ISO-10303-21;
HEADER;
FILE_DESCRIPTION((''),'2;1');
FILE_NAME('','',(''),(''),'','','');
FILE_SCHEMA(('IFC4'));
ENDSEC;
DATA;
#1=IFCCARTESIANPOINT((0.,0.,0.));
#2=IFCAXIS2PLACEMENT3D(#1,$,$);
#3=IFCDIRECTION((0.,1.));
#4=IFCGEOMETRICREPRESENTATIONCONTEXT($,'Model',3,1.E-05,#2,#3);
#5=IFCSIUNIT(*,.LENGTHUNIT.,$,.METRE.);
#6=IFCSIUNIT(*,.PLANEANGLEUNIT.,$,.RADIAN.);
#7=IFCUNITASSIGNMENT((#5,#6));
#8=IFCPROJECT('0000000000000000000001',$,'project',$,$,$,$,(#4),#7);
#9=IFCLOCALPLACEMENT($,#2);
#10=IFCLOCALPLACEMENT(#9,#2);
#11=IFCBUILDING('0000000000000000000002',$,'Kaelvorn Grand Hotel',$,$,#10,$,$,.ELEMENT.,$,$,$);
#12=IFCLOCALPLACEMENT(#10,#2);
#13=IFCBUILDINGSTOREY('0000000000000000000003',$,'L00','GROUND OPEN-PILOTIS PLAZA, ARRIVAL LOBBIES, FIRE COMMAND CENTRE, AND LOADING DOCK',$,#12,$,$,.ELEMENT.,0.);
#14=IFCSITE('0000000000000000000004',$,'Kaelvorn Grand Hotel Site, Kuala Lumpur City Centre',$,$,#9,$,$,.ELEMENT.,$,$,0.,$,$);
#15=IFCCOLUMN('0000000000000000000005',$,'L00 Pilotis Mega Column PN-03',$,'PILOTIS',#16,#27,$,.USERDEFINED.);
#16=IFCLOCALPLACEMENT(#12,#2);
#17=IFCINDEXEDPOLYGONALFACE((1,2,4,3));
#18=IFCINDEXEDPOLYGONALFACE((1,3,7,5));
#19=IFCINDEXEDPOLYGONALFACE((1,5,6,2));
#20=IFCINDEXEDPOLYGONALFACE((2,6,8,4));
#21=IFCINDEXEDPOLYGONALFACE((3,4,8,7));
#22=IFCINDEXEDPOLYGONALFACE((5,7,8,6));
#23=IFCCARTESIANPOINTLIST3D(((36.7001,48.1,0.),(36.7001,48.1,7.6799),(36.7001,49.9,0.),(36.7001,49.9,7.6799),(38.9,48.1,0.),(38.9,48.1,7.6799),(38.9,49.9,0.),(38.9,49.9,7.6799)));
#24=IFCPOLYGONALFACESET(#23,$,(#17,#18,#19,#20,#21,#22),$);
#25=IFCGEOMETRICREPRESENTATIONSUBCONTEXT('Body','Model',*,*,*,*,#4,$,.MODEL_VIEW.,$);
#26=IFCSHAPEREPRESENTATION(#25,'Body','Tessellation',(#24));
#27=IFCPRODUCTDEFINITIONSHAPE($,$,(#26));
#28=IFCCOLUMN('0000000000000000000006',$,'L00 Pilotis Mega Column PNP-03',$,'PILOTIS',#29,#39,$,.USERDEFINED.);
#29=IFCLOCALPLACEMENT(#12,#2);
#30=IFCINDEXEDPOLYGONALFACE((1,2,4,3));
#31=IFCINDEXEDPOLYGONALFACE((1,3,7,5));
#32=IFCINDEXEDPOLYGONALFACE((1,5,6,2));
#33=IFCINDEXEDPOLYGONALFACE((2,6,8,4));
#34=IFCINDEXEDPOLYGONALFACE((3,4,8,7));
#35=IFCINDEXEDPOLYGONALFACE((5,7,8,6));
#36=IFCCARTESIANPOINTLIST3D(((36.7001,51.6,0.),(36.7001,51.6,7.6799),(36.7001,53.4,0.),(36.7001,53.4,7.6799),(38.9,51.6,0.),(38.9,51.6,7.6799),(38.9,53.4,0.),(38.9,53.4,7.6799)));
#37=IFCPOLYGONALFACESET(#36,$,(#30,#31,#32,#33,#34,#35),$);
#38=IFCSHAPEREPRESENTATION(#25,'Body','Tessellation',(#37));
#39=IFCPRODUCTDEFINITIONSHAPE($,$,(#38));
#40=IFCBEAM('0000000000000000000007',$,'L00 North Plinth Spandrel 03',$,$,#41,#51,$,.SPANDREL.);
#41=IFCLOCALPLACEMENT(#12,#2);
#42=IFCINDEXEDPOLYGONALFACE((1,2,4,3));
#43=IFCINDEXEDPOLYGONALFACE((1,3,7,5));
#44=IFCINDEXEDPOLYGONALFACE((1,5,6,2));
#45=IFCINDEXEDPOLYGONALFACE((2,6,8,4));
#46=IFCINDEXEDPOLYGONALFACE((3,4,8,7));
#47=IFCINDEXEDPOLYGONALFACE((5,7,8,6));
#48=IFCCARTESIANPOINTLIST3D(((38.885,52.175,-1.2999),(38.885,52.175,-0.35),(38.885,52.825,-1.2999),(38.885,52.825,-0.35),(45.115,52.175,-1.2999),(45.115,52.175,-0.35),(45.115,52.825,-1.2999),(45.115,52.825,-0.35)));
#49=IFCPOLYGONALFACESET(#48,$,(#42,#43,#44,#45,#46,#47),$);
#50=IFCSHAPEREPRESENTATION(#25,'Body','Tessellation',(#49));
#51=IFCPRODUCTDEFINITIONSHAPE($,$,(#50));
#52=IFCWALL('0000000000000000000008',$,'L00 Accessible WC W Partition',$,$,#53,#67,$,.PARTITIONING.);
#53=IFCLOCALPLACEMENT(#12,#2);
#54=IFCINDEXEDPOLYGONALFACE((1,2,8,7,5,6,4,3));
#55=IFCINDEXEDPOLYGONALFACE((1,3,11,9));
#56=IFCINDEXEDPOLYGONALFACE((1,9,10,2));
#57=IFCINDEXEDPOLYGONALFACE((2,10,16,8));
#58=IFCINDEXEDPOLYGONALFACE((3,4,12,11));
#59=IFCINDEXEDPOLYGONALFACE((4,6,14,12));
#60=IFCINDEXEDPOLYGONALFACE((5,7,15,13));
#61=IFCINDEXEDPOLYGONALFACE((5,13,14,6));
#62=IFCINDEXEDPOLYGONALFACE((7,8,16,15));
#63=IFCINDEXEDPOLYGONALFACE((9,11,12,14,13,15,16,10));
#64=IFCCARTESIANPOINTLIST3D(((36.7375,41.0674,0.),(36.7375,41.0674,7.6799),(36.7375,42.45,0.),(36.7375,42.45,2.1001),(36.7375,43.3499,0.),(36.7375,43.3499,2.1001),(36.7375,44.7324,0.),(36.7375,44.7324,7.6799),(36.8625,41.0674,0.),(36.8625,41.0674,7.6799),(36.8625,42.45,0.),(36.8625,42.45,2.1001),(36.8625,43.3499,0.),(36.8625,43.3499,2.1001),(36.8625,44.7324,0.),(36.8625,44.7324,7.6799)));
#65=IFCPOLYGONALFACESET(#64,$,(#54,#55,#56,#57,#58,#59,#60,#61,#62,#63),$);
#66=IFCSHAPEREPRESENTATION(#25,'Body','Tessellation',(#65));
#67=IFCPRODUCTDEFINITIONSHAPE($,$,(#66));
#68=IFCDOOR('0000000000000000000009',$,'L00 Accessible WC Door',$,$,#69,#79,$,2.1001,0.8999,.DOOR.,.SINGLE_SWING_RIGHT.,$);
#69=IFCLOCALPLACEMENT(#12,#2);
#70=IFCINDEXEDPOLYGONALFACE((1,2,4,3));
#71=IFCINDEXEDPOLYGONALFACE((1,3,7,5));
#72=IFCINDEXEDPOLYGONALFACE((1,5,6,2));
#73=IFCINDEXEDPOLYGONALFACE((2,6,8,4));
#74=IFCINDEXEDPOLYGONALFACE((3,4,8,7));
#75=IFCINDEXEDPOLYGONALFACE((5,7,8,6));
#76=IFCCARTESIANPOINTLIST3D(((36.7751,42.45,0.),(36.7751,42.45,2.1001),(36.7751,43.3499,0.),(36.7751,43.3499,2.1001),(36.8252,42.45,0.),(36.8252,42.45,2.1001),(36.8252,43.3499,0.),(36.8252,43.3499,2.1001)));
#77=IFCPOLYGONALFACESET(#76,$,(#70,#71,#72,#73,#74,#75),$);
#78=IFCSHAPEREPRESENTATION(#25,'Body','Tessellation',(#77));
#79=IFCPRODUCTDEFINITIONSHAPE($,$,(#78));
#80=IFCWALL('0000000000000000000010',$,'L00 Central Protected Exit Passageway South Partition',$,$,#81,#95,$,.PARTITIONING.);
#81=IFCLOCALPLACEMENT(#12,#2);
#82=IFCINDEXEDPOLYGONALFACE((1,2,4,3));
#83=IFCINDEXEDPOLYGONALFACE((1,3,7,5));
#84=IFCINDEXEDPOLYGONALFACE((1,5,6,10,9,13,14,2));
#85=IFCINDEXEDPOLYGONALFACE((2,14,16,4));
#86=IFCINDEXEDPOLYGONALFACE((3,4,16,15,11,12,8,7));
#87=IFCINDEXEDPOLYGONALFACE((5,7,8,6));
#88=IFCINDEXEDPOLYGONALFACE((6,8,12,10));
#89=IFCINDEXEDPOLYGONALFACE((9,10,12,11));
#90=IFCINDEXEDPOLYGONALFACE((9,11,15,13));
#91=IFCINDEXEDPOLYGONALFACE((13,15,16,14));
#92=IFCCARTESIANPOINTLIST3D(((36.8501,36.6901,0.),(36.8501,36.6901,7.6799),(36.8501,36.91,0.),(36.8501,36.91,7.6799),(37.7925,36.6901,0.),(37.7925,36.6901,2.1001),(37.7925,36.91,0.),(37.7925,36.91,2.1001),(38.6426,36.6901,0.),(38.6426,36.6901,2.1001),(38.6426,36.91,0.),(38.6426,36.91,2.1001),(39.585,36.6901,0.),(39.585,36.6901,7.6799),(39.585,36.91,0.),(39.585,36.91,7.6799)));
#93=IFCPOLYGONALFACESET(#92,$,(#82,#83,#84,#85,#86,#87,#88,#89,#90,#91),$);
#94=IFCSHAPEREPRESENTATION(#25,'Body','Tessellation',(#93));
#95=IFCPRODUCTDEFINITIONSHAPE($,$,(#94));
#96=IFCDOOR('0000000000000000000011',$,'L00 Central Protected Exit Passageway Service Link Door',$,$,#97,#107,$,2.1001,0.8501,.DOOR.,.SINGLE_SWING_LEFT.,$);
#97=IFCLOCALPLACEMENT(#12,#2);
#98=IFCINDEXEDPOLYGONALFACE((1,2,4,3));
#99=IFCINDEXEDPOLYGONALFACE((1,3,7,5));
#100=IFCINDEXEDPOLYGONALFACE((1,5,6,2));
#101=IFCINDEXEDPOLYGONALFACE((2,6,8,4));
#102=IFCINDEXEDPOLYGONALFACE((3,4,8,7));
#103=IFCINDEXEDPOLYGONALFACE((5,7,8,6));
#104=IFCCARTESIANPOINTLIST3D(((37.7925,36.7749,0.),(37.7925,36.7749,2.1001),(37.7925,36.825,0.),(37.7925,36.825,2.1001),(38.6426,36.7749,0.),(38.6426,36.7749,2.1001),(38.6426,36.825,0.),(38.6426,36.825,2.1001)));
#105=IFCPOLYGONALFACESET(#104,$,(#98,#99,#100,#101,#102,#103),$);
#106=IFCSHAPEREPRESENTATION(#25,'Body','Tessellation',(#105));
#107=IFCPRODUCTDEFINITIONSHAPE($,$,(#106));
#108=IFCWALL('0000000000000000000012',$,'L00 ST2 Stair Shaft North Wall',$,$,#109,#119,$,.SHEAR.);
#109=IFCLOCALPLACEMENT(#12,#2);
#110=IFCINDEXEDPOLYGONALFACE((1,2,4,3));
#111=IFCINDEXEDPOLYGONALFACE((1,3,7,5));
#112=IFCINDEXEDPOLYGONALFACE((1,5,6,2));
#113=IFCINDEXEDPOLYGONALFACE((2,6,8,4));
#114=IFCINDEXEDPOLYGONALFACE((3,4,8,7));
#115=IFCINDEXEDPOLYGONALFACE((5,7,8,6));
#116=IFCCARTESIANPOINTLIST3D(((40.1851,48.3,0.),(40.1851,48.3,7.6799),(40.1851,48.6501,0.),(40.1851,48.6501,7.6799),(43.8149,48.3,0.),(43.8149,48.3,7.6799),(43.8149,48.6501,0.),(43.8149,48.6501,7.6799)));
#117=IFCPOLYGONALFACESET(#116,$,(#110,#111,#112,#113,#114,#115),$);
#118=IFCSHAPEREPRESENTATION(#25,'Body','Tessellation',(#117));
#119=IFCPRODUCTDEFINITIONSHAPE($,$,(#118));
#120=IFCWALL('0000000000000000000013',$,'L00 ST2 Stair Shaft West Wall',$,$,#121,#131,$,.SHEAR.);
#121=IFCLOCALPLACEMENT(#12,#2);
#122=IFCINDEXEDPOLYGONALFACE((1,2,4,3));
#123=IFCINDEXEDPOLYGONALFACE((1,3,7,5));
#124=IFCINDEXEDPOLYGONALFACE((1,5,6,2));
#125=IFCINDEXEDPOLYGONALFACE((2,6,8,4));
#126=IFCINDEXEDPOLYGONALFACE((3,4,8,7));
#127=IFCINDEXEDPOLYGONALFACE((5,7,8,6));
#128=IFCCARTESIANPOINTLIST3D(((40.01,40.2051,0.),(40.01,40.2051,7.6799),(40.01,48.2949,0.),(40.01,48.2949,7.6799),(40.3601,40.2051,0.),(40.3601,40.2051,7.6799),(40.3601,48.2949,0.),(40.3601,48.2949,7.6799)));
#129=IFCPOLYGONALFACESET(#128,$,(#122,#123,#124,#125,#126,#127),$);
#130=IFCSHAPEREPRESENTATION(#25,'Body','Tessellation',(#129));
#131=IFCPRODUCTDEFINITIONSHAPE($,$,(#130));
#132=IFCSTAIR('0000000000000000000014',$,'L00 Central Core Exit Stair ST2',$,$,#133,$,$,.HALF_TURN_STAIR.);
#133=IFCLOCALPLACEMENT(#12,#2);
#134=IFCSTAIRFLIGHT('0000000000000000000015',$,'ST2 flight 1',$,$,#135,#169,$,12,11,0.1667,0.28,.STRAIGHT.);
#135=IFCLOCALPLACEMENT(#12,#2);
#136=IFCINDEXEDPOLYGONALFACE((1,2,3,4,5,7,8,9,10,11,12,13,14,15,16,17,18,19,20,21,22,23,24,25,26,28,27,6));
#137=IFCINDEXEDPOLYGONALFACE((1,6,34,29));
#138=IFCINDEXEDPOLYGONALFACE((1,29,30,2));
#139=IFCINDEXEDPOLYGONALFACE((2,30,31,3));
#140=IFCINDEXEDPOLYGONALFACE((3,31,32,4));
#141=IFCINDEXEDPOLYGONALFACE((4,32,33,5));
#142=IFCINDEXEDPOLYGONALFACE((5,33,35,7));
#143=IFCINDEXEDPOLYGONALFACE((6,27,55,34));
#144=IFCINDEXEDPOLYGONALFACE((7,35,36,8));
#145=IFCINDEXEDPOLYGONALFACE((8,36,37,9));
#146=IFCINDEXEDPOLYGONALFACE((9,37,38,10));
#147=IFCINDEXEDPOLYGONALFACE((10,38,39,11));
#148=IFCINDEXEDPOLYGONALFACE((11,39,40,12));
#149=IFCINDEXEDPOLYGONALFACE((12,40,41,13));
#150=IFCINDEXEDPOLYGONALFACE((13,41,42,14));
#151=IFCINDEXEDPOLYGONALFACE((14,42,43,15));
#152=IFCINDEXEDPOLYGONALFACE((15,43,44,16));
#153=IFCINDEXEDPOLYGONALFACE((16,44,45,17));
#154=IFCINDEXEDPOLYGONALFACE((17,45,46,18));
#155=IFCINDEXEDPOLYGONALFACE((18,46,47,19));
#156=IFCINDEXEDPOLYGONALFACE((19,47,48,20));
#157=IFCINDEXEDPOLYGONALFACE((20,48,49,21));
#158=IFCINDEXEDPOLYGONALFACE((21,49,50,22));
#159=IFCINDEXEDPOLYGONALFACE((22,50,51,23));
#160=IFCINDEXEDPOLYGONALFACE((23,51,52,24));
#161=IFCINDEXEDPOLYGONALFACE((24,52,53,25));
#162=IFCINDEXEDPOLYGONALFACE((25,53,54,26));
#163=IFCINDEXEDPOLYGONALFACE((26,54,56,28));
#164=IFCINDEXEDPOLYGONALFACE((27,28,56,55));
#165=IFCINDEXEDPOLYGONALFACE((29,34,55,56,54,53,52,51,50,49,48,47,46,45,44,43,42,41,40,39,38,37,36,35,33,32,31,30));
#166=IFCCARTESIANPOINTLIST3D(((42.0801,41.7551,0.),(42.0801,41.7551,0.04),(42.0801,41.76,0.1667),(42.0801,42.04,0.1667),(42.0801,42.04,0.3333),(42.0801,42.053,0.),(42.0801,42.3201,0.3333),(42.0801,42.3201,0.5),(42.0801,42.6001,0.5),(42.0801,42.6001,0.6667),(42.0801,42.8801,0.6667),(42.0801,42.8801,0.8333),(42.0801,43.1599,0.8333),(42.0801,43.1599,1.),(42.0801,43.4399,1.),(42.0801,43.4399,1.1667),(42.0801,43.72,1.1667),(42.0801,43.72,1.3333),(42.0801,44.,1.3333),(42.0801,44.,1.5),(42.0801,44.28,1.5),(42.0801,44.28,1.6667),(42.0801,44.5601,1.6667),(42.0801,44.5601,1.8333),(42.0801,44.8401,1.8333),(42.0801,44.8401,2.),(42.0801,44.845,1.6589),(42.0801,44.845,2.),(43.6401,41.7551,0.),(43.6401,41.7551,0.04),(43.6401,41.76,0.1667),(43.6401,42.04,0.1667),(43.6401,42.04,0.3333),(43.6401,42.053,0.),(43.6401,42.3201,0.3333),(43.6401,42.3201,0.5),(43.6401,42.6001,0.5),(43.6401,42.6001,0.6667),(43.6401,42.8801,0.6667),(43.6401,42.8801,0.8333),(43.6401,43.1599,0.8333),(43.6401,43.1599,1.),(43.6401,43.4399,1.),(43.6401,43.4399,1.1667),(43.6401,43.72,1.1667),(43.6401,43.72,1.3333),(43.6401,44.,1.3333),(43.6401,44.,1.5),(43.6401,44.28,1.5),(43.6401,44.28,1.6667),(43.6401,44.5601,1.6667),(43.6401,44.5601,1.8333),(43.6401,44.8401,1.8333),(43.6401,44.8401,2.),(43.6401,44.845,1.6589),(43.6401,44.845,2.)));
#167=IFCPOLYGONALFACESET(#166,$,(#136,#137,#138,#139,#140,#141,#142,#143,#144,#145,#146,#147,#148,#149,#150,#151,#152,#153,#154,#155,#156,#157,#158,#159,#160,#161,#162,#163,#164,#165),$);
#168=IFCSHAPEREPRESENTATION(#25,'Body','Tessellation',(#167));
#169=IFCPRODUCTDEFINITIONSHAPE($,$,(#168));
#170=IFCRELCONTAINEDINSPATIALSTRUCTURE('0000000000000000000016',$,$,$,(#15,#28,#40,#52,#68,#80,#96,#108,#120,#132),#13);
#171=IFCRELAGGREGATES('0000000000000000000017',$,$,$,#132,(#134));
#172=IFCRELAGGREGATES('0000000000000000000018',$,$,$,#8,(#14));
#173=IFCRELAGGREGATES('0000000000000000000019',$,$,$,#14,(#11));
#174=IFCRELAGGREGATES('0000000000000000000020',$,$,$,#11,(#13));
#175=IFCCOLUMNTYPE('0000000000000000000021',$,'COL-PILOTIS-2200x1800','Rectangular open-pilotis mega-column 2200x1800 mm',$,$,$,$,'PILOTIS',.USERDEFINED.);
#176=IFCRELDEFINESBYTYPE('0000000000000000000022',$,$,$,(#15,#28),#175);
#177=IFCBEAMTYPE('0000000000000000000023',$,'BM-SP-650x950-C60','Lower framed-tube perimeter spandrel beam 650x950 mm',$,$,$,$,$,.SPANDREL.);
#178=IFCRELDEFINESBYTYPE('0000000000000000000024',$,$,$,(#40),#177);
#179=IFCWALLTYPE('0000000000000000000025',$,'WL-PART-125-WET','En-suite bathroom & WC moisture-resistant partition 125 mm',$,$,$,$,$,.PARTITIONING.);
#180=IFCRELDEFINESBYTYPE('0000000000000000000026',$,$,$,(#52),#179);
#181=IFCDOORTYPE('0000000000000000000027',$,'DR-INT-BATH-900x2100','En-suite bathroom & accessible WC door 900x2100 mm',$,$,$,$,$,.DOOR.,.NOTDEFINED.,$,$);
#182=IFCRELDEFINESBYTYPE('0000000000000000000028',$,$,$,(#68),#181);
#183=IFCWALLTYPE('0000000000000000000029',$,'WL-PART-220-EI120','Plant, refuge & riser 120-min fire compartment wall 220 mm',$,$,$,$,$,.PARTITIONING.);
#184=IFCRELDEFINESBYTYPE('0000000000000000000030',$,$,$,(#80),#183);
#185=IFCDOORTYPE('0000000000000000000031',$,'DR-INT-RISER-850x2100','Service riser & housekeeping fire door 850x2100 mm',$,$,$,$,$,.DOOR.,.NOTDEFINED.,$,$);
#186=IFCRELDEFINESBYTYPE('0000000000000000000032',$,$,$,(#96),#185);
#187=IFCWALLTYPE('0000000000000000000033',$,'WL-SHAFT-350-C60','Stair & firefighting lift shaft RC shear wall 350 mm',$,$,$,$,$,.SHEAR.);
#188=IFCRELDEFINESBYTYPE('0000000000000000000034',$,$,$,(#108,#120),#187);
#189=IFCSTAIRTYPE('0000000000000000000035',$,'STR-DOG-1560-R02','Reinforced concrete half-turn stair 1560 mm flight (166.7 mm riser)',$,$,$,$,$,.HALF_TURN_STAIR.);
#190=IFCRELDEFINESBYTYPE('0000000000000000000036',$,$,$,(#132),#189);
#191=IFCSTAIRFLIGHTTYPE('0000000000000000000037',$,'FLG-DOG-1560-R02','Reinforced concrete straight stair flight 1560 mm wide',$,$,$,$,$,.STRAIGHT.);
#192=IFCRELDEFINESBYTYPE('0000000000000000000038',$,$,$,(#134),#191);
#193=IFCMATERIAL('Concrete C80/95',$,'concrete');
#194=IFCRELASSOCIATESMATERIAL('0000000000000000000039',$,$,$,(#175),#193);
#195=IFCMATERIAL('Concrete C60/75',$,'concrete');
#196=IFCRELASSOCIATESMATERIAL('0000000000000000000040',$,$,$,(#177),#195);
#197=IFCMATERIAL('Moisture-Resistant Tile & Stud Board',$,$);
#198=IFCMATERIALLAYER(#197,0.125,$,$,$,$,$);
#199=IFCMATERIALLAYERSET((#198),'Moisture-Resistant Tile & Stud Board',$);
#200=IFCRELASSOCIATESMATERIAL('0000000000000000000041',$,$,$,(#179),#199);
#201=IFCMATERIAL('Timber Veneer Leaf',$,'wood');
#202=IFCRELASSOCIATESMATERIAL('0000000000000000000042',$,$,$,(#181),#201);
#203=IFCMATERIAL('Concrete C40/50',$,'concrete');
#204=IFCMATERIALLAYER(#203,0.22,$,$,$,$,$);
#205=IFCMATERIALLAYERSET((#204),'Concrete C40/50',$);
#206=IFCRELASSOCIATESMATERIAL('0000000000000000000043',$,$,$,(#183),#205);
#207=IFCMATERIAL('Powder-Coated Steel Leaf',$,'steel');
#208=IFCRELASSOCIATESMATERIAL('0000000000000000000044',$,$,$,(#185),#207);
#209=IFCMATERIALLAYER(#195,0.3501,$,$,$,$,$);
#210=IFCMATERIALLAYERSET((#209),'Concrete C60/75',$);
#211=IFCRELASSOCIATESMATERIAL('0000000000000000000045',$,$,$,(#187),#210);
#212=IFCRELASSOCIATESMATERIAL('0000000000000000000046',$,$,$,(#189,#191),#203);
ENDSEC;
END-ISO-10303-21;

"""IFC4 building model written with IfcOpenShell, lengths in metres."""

from ifc_helpers import new_model, si_unit, direction, frame, frame_2d, origin, origin_2d, place, context, subcontext, project, spatial, polyline, rectangle, outline, extrude, material, layer, layer_set, material_profile, profile_set, type_object, element, fill, aggregate, save


model = new_model("IFC4")

# Units and contexts
model_context = context("Model", 3, precision=1e-05, world=origin(), true_north=direction((0.0, 1.0)))
body_context = subcontext(model_context, "Body", "Model", "MODEL_VIEW")
ifc_project = project(units=[si_unit("LENGTHUNIT", "METRE"), si_unit("PLANEANGLEUNIT", "RADIAN")], contexts=[model_context])

# Site, building, storey
site_placement = place(None, origin())
site = spatial("IfcSite", under=ifc_project, at=site_placement, Name="Kaelvorn Grand Hotel Site, Kuala Lumpur City Centre", CompositionType="ELEMENT", RefElevation=0.0)
building_placement = place(site_placement, origin())
building = spatial("IfcBuilding", under=site, at=building_placement, Name="Kaelvorn Grand Hotel", CompositionType="ELEMENT")
storey_placement = place(building_placement, origin())
storey = spatial("IfcBuildingStorey", under=building, at=storey_placement, Name="L00", Description="GROUND OPEN-PILOTIS PLAZA, ARRIVAL LOBBIES, FIRE COMMAND CENTRE, AND LOADING DOCK", CompositionType="ELEMENT", Elevation=0.0)

# Columns
ifc_material_1 = material(Name="Concrete C80/95", Category="concrete")
ifc_material_profile_1 = material_profile(ifc_material_1, rectangle(XDim=2.2, YDim=1.8, at=origin_2d()), Name="PILOTIS 2200x1800")
ifc_profile_set_1 = profile_set([ifc_material_profile_1], Name="Concrete C80/95")
column_type = type_object("IfcColumnType", Name="COL-PILOTIS-2200x1800", Description="Rectangular open-pilotis mega-column 2200x1800 mm", ElementType="PILOTIS", PredefinedType="USERDEFINED", material=ifc_profile_set_1)
for number, where, z_axis, x_axis, name in (
    (1, (37.8, 49.0, 0.0), (0.0, 0.0, 1.0), (1.0, 0.0, 0.0), "L00 Pilotis Mega Column PN-03"),
    (2, (37.8, 52.5, 0.0), (0.0, 0.0, 1.0), (1.0, 0.0, 0.0), "L00 Pilotis Mega Column PNP-03"),
):
    element("IfcColumn", number, at=place(storey_placement, frame(where, z_axis=z_axis, x_axis=x_axis)), inside=storey, type_object=column_type, Name=name, ObjectType="PILOTIS", PredefinedType="USERDEFINED", context=body_context, shape_type="SweptSolid", body=[
        extrude(rectangle(XDim=2.2, YDim=1.8, at=origin_2d()), origin(), (0.0, 0.0, 1.0), 7.6799),
    ])

# Beam
ifc_material_2 = material(Name="Concrete C60/75", Category="concrete")
ifc_material_profile_2 = material_profile(ifc_material_2, rectangle(XDim=0.6499, YDim=0.95, at=origin_2d()), Name="RC SPANDREL 650x950")
ifc_profile_set_2 = profile_set([ifc_material_profile_2], Name="Concrete C60/75")
beam_type = type_object("IfcBeamType", Name="BM-SP-650x950-C60", Description="Lower framed-tube perimeter spandrel beam 650x950 mm", PredefinedType="SPANDREL", material=ifc_profile_set_2)
beam_placement = place(storey_placement, frame((38.885, 52.5, -0.825), z_axis=(1.0, 0.0, 0.0), x_axis=(0.0, 1.0, 0.0)))
element("IfcBeam", 3, at=beam_placement, inside=storey, type_object=beam_type, Name="L00 North Plinth Spandrel 03", PredefinedType="SPANDREL", context=body_context, shape_type="SweptSolid", body=[
    extrude(rectangle(XDim=0.6499, YDim=0.95, at=origin_2d()), origin(), (0.0, 0.0, 1.0), 6.23),
])

# Walls, openings, doors
ifc_material_3 = material(Name="Moisture-Resistant Tile & Stud Board")
ifc_layer_1 = layer(ifc_material_3, 0.125)
ifc_layer_set_1 = layer_set([ifc_layer_1], Name="Moisture-Resistant Tile & Stud Board")
wall_type_1 = type_object("IfcWallType", Name="WL-PART-125-WET", Description="En-suite bathroom & WC moisture-resistant partition 125 mm", PredefinedType="PARTITIONING", material=ifc_layer_set_1)
wall_1_placement = place(storey_placement, frame((36.8, 41.0674, 0.0), z_axis=(0.0, 0.0, 1.0), x_axis=(0.0, 1.0, 0.0)))
wall_1 = element("IfcWall", 4, at=wall_1_placement, inside=storey, type_object=wall_type_1, Name="L00 Accessible WC W Partition", PredefinedType="PARTITIONING", context=body_context, shape_type="SweptSolid", body=[
    extrude(rectangle(XDim=3.665, YDim=0.125, at=frame_2d((1.8325, 0.0))), origin(), (0.0, 0.0, 1.0), 7.6799),
])
opening_1_placement = place(wall_1_placement, frame((1.3826, 0.0, 0.0)))
opening_1 = element("IfcOpeningElement", 5, at=opening_1_placement, cuts=wall_1, PredefinedType="OPENING", context=body_context, shape_type="SweptSolid", body=[
    extrude(rectangle(XDim=0.8999, YDim=2.1001, at=frame_2d((0.45, 1.05))), frame((0.0, 0.0725, 0.0), z_axis=(0.0, -1.0, 0.0), x_axis=(1.0, 0.0, 0.0)), (0.0, 0.0, 1.0), 0.145),
])
ifc_material_4 = material(Name="Timber Veneer Leaf", Category="wood")
door_type_1 = type_object("IfcDoorType", Name="DR-INT-BATH-900x2100", Description="En-suite bathroom & accessible WC door 900x2100 mm", OperationType="NOTDEFINED", PredefinedType="DOOR", material=ifc_material_4)
door_1_placement = place(opening_1_placement, origin())
door_1 = element("IfcDoor", 6, at=door_1_placement, inside=storey, type_object=door_type_1, Name="L00 Accessible WC Door", OperationType="SINGLE_SWING_RIGHT", OverallHeight=2.1001, OverallWidth=0.8999, PredefinedType="DOOR", context=body_context, shape_type="SweptSolid", body=[
    extrude(rectangle(XDim=0.8999, YDim=2.1001, at=frame_2d((0.45, 1.05))), frame((0.0, 0.0249, 0.0), z_axis=(0.0, -1.0, 0.0), x_axis=(1.0, 0.0, 0.0)), (0.0, 0.0, 1.0), 0.05),
])
fill(opening_1, door_1)
ifc_material_5 = material(Name="Concrete C40/50", Category="concrete")
ifc_layer_2 = layer(ifc_material_5, 0.22)
ifc_layer_set_2 = layer_set([ifc_layer_2], Name="Concrete C40/50")
wall_type_2 = type_object("IfcWallType", Name="WL-PART-220-EI120", Description="Plant, refuge & riser 120-min fire compartment wall 220 mm", PredefinedType="PARTITIONING", material=ifc_layer_set_2)
wall_2_placement = place(storey_placement, frame((36.8501, 36.8, 0.0), z_axis=(0.0, 0.0, 1.0), x_axis=(1.0, 0.0, 0.0)))
wall_2 = element("IfcWall", 7, at=wall_2_placement, inside=storey, type_object=wall_type_2, Name="L00 Central Protected Exit Passageway South Partition", PredefinedType="PARTITIONING", context=body_context, shape_type="SweptSolid", body=[
    extrude(rectangle(XDim=2.7349, YDim=0.22, at=frame_2d((1.3674, 0.0))), origin(), (0.0, 0.0, 1.0), 7.6799),
])
opening_2_placement = place(wall_2_placement, frame((0.9424, 0.0, 0.0)))
opening_2 = element("IfcOpeningElement", 8, at=opening_2_placement, cuts=wall_2, PredefinedType="OPENING", context=body_context, shape_type="SweptSolid", body=[
    extrude(rectangle(XDim=0.8501, YDim=2.1001, at=frame_2d((0.425, 1.05))), frame((0.0, 0.1201, 0.0), z_axis=(0.0, -1.0, 0.0), x_axis=(1.0, 0.0, 0.0)), (0.0, 0.0, 1.0), 0.24),
])
ifc_material_6 = material(Name="Powder-Coated Steel Leaf", Category="steel")
door_type_2 = type_object("IfcDoorType", Name="DR-INT-RISER-850x2100", Description="Service riser & housekeeping fire door 850x2100 mm", OperationType="NOTDEFINED", PredefinedType="DOOR", material=ifc_material_6)
door_2_placement = place(opening_2_placement, origin())
door_2 = element("IfcDoor", 9, at=door_2_placement, inside=storey, type_object=door_type_2, Name="L00 Central Protected Exit Passageway Service Link Door", OperationType="SINGLE_SWING_LEFT", OverallHeight=2.1001, OverallWidth=0.8501, PredefinedType="DOOR", context=body_context, shape_type="SweptSolid", body=[
    extrude(rectangle(XDim=0.8501, YDim=2.1001, at=frame_2d((0.425, 1.05))), frame((0.0, 0.0249, 0.0), z_axis=(0.0, -1.0, 0.0), x_axis=(1.0, 0.0, 0.0)), (0.0, 0.0, 1.0), 0.05),
])
fill(opening_2, door_2)
ifc_layer_3 = layer(ifc_material_2, 0.3501)
ifc_layer_set_3 = layer_set([ifc_layer_3], Name="Concrete C60/75")
wall_type_3 = type_object("IfcWallType", Name="WL-SHAFT-350-C60", Description="Stair & firefighting lift shaft RC shear wall 350 mm", PredefinedType="SHEAR", material=ifc_layer_set_3)

# Walls
wall_3_placement = place(storey_placement, frame((40.1851, 48.4751, 0.0), z_axis=(0.0, 0.0, 1.0), x_axis=(1.0, 0.0, 0.0)))
element("IfcWall", 10, at=wall_3_placement, inside=storey, type_object=wall_type_3, Name="L00 ST2 Stair Shaft North Wall", PredefinedType="SHEAR", context=body_context, shape_type="SweptSolid", body=[
    extrude(rectangle(XDim=3.6299, YDim=0.3501, at=frame_2d((1.8149, 0.0))), origin(), (0.0, 0.0, 1.0), 7.6799),
])
wall_4_placement = place(storey_placement, frame((40.1851, 40.2051, 0.0), z_axis=(0.0, 0.0, 1.0), x_axis=(0.0, 1.0, 0.0)))
element("IfcWall", 11, at=wall_4_placement, inside=storey, type_object=wall_type_3, Name="L00 ST2 Stair Shaft West Wall", PredefinedType="SHEAR", context=body_context, shape_type="SweptSolid", body=[
    extrude(rectangle(XDim=8.0898, YDim=0.3501, at=frame_2d((4.0449, 0.0))), origin(), (0.0, 0.0, 1.0), 7.6799),
])

# Stair, stair flight
stair_type = type_object("IfcStairType", Name="STR-DOG-1560-R02", Description="Reinforced concrete half-turn stair 1560 mm flight (166.7 mm riser)", PredefinedType="HALF_TURN_STAIR", material=ifc_material_5)
stair_placement = place(storey_placement, origin())
stair = element("IfcStair", 12, at=stair_placement, inside=storey, type_object=stair_type, Name="L00 Central Core Exit Stair ST2", PredefinedType="HALF_TURN_STAIR")
stair_flight_type = type_object("IfcStairFlightType", Name="FLG-DOG-1560-R02", Description="Reinforced concrete straight stair flight 1560 mm wide", PredefinedType="STRAIGHT", material=ifc_material_5)
stair_flight_1_placement = place(storey_placement, frame((42.8601, 41.76, 0.0), z_axis=(0.0, 0.0, 1.0), x_axis=(0.0, 1.0, 0.0)))
stair_flight_1 = element("IfcStairFlight", 13, at=stair_flight_1_placement, type_object=stair_flight_type, Name="ST2 flight 1", NumberOfRisers=12, NumberOfTreads=11, PredefinedType="STRAIGHT", RiserHeight=0.1667, TreadLength=0.28, context=body_context, shape_type="SweptSolid", body=[
    extrude(outline(polyline([(-0.0049, 0.0), (-0.0049, 0.04), (0.0, 0.1667), (0.28, 0.1667), (0.28, 0.3333), (0.5601, 0.3333), (0.5601, 0.5), (0.8401, 0.5), (0.8401, 0.6667), (1.1201, 0.6667), (1.1201, 0.8333), (1.3999, 0.8333), (1.3999, 1.0), (1.6799, 1.0), (1.6799, 1.1667), (1.96, 1.1667), (1.96, 1.3333), (2.24, 1.3333), (2.24, 1.5), (2.52, 1.5), (2.52, 1.6667), (2.8, 1.6667), (2.8, 1.8333), (3.0801, 1.8333), (3.0801, 2.0), (3.085, 2.0), (3.085, 1.6589), (0.293, 0.0), (-0.0049, 0.0)])), frame((0.0, 0.78, 0.0), z_axis=(0.0, -1.0, 0.0), x_axis=(1.0, 0.0, 0.0)), (0.0, 0.0, 1.0), 1.5601),
])
aggregate(stair, [stair_flight_1])

save(model, "model.ifc")
